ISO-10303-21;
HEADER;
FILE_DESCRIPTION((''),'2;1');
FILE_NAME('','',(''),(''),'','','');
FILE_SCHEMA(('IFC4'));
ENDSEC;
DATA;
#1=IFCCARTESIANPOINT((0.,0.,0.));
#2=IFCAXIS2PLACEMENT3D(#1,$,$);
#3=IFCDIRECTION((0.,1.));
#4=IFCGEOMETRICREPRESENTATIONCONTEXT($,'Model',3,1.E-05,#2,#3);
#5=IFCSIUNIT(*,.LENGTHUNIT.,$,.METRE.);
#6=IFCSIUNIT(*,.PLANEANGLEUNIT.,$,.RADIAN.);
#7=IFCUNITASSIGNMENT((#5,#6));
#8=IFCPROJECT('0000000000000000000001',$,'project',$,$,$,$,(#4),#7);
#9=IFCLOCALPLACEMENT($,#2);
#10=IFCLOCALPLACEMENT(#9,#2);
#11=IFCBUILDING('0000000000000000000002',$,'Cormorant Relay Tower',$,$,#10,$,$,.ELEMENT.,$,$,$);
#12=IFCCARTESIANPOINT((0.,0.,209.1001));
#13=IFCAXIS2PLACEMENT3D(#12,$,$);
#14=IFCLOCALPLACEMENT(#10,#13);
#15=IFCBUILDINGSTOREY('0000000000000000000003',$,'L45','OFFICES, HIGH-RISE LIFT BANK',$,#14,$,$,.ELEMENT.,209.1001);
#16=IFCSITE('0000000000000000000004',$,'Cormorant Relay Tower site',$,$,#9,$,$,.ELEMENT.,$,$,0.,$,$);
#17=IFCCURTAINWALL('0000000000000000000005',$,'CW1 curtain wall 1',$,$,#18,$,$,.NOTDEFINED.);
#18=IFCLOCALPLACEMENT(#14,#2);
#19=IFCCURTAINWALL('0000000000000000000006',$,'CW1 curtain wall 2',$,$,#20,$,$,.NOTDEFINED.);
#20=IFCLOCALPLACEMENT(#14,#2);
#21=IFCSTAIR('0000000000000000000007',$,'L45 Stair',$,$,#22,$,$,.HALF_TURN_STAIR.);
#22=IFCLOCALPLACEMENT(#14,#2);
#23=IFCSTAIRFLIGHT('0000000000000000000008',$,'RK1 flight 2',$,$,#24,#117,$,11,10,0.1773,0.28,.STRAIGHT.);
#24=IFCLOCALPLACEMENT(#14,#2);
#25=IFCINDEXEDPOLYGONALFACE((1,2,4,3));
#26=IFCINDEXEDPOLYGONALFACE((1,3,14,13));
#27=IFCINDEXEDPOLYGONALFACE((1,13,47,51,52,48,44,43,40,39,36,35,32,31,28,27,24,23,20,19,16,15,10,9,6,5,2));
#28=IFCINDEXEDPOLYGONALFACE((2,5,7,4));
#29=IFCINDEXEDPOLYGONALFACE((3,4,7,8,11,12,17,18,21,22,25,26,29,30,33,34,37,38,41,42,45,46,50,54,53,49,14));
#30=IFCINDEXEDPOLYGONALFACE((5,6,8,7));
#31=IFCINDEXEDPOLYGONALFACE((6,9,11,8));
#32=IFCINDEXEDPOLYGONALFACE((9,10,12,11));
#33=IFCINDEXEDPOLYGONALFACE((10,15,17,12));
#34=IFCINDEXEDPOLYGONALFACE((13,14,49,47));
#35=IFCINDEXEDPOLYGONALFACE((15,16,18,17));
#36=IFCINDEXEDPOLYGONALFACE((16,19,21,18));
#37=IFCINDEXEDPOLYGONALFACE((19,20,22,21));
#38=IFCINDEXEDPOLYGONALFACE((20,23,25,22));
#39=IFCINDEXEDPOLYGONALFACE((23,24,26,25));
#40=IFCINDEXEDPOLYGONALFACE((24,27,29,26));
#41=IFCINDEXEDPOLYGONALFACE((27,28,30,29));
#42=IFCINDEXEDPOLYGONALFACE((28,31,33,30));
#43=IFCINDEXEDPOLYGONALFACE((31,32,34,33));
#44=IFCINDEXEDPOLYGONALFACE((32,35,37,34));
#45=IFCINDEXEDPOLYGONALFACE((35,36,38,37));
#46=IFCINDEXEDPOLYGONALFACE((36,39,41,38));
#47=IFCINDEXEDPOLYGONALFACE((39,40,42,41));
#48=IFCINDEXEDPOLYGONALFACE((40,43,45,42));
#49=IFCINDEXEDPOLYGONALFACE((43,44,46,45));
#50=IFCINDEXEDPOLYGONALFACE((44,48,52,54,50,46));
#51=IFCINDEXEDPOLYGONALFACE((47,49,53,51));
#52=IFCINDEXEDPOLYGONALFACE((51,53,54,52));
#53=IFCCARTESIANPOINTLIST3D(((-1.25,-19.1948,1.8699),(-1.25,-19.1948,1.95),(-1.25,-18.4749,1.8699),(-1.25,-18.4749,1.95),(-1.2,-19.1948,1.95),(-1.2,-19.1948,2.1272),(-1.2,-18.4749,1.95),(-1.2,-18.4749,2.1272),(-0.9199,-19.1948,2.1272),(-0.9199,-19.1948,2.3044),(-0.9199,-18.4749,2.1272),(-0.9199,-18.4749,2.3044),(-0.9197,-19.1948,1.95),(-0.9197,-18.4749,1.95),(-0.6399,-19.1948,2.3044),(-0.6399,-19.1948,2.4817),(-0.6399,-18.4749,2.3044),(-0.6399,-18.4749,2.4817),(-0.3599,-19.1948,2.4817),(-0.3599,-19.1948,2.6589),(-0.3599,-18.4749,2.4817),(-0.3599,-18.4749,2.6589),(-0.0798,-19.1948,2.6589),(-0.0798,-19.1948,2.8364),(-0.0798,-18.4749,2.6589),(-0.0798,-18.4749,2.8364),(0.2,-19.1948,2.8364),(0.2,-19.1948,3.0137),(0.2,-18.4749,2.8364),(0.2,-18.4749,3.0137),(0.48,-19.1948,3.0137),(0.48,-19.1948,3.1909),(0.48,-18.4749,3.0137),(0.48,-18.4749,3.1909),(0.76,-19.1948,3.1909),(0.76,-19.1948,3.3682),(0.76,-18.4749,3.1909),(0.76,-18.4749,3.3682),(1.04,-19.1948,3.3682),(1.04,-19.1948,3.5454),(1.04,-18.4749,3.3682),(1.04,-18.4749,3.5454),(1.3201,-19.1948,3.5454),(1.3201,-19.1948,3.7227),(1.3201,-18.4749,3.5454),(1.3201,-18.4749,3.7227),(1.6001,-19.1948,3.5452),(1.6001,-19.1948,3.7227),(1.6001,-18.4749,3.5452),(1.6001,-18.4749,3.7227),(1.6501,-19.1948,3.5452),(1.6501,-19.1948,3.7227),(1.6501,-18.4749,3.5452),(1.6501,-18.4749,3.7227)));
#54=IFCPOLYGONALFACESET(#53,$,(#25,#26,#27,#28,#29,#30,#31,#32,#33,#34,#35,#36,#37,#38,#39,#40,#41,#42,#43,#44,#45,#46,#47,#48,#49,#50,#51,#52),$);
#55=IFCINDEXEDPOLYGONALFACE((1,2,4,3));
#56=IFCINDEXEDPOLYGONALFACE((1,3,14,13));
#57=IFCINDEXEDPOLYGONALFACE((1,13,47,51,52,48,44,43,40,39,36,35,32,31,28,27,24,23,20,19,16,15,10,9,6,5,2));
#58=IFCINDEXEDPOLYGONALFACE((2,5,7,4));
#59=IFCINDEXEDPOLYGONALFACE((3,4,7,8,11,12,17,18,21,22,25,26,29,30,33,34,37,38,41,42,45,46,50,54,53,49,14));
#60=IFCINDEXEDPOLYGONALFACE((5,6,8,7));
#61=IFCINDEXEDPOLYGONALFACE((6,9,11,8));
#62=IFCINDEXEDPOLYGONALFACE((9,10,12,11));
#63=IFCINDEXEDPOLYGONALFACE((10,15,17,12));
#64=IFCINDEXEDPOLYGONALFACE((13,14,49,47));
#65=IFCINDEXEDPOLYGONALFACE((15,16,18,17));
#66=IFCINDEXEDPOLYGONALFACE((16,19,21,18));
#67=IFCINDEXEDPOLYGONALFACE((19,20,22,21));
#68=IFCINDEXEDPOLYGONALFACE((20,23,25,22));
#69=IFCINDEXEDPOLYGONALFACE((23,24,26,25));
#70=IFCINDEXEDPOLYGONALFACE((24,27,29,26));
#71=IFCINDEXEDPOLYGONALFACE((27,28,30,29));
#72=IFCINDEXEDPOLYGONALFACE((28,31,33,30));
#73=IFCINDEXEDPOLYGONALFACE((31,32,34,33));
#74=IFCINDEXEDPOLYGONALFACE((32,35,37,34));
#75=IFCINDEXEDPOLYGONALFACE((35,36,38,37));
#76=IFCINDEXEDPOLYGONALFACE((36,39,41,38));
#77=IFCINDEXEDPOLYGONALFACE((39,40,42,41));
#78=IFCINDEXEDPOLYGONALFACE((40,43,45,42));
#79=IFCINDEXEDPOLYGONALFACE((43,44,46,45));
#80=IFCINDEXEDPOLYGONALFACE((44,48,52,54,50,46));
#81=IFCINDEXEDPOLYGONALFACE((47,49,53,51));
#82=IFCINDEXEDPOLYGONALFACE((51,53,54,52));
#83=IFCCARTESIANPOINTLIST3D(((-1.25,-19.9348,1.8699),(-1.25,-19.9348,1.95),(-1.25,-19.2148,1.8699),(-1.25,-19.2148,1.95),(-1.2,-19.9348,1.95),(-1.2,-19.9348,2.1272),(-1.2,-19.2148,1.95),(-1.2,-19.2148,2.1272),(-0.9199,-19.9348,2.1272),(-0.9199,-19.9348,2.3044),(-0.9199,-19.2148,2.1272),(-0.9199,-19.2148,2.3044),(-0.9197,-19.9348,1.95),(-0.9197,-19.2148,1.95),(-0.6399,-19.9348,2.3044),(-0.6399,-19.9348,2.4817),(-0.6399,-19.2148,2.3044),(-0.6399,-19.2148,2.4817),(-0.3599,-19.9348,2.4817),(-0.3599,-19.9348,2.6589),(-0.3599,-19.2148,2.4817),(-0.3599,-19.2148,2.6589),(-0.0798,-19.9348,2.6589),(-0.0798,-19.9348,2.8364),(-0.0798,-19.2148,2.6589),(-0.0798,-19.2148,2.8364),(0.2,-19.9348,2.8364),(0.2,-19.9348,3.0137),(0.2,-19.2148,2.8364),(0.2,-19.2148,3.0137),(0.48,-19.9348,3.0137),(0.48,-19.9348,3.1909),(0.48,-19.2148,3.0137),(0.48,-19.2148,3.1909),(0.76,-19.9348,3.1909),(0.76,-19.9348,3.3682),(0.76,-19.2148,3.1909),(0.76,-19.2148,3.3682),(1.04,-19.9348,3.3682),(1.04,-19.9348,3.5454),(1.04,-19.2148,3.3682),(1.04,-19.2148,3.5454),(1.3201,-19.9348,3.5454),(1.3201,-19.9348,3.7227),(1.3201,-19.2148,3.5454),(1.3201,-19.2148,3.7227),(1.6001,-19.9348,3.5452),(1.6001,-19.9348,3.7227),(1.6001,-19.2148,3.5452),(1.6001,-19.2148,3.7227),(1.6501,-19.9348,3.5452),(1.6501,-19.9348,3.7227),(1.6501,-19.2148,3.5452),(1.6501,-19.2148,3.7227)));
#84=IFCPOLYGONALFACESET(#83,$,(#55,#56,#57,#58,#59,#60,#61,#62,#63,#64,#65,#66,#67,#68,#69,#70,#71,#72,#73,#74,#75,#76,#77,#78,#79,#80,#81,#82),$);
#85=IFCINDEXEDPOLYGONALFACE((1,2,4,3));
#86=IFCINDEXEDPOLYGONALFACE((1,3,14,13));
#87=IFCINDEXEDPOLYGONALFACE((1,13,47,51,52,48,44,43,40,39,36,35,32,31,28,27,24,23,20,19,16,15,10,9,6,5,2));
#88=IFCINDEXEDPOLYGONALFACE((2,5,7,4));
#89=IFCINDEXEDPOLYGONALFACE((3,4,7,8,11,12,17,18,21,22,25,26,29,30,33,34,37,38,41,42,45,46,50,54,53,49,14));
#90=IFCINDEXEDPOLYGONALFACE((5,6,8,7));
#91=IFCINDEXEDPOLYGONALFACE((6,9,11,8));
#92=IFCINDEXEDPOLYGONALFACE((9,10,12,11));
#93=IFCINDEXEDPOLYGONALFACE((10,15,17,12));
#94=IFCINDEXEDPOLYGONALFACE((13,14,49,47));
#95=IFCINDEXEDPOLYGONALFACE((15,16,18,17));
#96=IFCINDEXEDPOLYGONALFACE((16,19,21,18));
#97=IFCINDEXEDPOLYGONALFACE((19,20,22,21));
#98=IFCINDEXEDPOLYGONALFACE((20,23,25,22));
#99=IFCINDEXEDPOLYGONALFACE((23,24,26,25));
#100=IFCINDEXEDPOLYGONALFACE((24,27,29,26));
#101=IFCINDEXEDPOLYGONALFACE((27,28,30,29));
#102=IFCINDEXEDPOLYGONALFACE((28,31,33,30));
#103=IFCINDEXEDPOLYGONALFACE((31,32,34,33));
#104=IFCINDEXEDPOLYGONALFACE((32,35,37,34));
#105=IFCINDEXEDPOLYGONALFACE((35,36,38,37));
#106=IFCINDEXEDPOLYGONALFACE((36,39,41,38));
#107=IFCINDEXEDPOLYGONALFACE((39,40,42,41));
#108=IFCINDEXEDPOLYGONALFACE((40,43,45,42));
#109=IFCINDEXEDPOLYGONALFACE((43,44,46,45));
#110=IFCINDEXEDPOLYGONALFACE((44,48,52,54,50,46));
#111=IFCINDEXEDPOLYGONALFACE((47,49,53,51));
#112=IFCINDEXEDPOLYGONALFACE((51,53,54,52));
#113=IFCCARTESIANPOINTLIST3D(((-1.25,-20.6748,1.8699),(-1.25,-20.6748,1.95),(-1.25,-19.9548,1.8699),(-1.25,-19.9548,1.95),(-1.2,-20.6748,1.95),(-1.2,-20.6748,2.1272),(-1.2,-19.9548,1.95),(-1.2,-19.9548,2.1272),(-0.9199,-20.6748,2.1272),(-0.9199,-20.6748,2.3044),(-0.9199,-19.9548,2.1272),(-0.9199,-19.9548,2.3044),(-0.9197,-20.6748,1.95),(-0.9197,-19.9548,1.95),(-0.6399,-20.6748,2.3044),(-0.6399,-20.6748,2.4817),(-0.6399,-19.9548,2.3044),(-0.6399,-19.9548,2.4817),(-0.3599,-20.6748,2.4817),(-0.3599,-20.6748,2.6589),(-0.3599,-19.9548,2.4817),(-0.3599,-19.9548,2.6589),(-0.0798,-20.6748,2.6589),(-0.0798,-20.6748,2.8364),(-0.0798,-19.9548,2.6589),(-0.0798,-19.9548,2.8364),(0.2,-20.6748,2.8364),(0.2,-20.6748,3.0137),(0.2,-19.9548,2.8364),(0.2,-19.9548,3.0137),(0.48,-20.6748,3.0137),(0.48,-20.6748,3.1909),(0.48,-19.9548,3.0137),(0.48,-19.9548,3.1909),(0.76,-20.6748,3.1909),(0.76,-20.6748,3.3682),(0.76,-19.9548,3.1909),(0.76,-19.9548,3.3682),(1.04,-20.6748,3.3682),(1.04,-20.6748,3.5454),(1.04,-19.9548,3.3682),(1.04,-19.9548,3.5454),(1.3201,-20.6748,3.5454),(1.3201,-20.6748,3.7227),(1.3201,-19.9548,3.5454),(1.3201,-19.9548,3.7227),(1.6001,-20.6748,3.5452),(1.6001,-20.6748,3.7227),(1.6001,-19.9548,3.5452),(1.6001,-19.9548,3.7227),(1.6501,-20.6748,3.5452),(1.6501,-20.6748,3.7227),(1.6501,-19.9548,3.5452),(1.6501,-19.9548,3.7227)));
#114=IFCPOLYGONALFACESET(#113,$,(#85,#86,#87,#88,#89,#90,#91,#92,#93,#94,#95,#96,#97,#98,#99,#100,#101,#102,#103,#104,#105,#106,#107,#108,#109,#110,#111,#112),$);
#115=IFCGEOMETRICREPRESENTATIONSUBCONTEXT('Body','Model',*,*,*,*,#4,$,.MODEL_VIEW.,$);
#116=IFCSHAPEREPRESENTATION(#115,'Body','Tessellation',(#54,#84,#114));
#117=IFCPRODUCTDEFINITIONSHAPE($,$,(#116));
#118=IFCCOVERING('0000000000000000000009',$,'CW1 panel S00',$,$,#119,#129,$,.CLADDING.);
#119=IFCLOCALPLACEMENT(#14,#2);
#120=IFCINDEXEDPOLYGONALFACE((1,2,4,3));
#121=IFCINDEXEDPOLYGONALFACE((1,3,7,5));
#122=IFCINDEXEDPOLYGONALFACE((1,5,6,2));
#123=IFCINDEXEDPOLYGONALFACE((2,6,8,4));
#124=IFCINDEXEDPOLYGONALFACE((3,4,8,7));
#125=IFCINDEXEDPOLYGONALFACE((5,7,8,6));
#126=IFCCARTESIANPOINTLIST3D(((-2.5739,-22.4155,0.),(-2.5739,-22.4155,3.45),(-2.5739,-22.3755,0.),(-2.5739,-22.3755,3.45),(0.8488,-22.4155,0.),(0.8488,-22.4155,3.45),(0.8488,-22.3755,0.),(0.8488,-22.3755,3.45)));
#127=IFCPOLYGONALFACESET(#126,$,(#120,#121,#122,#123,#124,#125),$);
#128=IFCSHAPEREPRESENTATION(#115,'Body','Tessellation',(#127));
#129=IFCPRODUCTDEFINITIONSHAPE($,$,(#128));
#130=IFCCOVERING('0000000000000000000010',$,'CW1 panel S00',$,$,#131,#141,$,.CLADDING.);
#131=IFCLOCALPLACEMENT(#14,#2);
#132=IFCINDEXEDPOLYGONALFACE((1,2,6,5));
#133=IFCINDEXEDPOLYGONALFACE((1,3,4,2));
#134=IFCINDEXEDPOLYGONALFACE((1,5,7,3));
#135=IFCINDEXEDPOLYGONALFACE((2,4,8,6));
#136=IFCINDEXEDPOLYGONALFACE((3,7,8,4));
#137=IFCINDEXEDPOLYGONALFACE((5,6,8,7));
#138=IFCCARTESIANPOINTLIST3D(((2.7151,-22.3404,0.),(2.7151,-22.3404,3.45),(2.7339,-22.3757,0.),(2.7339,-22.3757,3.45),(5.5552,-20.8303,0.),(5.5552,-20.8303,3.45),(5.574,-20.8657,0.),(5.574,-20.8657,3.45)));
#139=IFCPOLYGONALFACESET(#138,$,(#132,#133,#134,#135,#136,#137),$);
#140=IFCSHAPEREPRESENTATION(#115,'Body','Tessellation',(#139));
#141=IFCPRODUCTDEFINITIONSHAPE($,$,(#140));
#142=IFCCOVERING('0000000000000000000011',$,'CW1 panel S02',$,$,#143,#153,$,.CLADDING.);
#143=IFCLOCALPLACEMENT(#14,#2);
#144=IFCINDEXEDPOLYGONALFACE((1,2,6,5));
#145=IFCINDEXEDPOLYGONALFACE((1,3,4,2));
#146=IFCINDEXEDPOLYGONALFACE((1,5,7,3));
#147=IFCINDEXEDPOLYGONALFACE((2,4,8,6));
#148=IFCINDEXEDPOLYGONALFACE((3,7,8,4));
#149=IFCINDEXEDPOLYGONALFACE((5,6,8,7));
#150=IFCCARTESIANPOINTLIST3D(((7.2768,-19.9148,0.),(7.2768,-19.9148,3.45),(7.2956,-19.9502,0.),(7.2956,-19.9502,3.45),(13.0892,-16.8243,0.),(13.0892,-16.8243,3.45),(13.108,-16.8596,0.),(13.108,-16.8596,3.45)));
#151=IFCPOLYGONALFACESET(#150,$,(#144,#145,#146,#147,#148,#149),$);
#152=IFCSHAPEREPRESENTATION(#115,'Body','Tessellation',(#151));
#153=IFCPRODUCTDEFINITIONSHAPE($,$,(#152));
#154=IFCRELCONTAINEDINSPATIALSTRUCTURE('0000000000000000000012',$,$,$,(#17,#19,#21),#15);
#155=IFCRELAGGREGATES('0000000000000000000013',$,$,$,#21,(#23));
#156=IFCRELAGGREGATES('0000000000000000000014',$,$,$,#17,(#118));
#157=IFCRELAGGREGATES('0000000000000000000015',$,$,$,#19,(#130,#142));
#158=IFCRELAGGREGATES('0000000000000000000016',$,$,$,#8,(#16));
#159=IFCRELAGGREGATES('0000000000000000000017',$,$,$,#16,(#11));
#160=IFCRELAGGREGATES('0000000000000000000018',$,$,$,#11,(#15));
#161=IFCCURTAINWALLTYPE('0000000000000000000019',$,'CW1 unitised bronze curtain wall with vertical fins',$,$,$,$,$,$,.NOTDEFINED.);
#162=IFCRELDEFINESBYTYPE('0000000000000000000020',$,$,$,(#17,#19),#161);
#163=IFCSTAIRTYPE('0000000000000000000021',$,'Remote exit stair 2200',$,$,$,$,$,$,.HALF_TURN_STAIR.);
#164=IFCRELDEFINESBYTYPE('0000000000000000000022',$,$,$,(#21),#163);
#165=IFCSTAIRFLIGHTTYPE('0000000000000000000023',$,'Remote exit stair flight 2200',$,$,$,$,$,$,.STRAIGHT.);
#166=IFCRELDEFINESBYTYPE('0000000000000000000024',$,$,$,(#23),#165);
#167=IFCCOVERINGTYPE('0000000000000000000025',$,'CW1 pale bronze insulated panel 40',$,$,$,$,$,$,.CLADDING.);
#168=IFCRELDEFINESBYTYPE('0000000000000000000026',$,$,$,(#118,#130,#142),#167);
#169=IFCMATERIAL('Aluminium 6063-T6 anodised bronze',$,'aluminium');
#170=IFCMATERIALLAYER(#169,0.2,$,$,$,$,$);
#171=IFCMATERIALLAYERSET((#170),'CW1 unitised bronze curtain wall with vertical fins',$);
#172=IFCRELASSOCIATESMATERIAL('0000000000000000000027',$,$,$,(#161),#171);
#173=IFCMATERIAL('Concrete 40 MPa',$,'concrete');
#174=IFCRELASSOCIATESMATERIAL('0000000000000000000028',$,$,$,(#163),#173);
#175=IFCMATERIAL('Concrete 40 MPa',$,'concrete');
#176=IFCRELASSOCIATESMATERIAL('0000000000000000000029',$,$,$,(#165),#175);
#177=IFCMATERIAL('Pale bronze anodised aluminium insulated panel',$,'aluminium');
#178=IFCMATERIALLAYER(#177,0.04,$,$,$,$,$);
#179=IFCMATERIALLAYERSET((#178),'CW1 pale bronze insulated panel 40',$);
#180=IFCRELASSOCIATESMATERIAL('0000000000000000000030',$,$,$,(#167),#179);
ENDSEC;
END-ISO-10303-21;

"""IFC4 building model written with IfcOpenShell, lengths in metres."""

from ifc_helpers import new_model, si_unit, direction, frame, origin, origin_2d, place, context, subcontext, project, spatial, polyline, rectangle, outline, extrude, material, layer, layer_set, type_object, element, aggregate, save


model = new_model("IFC4")

# Units and contexts
model_context = context("Model", 3, precision=1e-05, world=origin(), true_north=direction((0.0, 1.0)))
body_context = subcontext(model_context, "Body", "Model", "MODEL_VIEW")
ifc_project = project(units=[si_unit("LENGTHUNIT", "METRE"), si_unit("PLANEANGLEUNIT", "RADIAN")], contexts=[model_context])

# Site, building, storey
site_placement = place(None, origin())
site = spatial("IfcSite", under=ifc_project, at=site_placement, Name="Cormorant Relay Tower site", CompositionType="ELEMENT", RefElevation=0.0)
building_placement = place(site_placement, origin())
building = spatial("IfcBuilding", under=site, at=building_placement, Name="Cormorant Relay Tower", CompositionType="ELEMENT")
storey_placement = place(building_placement, frame((0.0, 0.0, 209.1001)))
storey = spatial("IfcBuildingStorey", under=building, at=storey_placement, Name="L45", Description="OFFICES, HIGH-RISE LIFT BANK", CompositionType="ELEMENT", Elevation=209.1001)

# Curtain wall
ifc_material_1 = material(Name="Aluminium 6063-T6 anodised bronze", Category="aluminium")
ifc_layer_1 = layer(ifc_material_1, 0.2)
ifc_layer_set_1 = layer_set([ifc_layer_1], Name="CW1 unitised bronze curtain wall with vertical fins")
curtain_wall_type = type_object("IfcCurtainWallType", Name="CW1 unitised bronze curtain wall with vertical fins", PredefinedType="NOTDEFINED", material=ifc_layer_set_1)
curtain_wall_1_placement = place(storey_placement, origin())
curtain_wall_1 = element("IfcCurtainWall", 1, at=curtain_wall_1_placement, inside=storey, type_object=curtain_wall_type, Name="CW1 curtain wall 1", PredefinedType="NOTDEFINED")

# Curtain wall
curtain_wall_2_placement = place(storey_placement, origin())
curtain_wall_2 = element("IfcCurtainWall", 2, at=curtain_wall_2_placement, inside=storey, type_object=curtain_wall_type, Name="CW1 curtain wall 2", PredefinedType="NOTDEFINED")

# Stair, stair flight
ifc_material_2 = material(Name="Concrete 40 MPa", Category="concrete")
stair_type = type_object("IfcStairType", Name="Remote exit stair 2200", PredefinedType="HALF_TURN_STAIR", material=ifc_material_2)
stair_placement = place(storey_placement, origin())
stair = element("IfcStair", 3, at=stair_placement, inside=storey, type_object=stair_type, Name="L45 Stair", PredefinedType="HALF_TURN_STAIR")
ifc_material_3 = material(Name="Concrete 40 MPa", Category="concrete")
stair_flight_type = type_object("IfcStairFlightType", Name="Remote exit stair flight 2200", PredefinedType="STRAIGHT", material=ifc_material_3)
stair_flight_1_placement = place(storey_placement, frame((-1.2, -19.575, 1.95), z_axis=(0.0, 0.0, 1.0), x_axis=(1.0, 0.0, 0.0)))
stair_flight_1 = element("IfcStairFlight", 4, at=stair_flight_1_placement, type_object=stair_flight_type, Name="RK1 flight 2", NumberOfRisers=11, NumberOfTreads=10, PredefinedType="STRAIGHT", RiserHeight=0.1773, TreadLength=0.28, context=body_context, shape_type="SweptSolid", body=[
    extrude(outline(polyline([(-0.05, -0.0801), (-0.05, 0.0), (0.0, 0.0), (0.0, 0.1772), (0.28, 0.1772), (0.28, 0.3545), (0.5601, 0.3545), (0.5601, 0.5317), (0.8401, 0.5317), (0.8401, 0.709), (1.1201, 0.709), (1.1201, 0.8865), (1.3999, 0.8865), (1.3999, 1.0637), (1.6799, 1.0637), (1.6799, 1.241), (1.96, 1.241), (1.96, 1.4182), (2.24, 1.4182), (2.24, 1.5955), (2.52, 1.5955), (2.52, 1.7727), (2.8, 1.7727), (2.8501, 1.7727), (2.8501, 1.5952), (2.8, 1.5952), (0.2803, 0.0), (-0.05, -0.0801)])), frame((0.0, 1.1001, 0.0), z_axis=(0.0, -1.0, 0.0), x_axis=(1.0, 0.0, 0.0)), (0.0, 0.0, 1.0), 0.72),
    extrude(outline(polyline([(-0.05, -0.0801), (-0.05, 0.0), (0.0, 0.0), (0.0, 0.1772), (0.28, 0.1772), (0.28, 0.3545), (0.5601, 0.3545), (0.5601, 0.5317), (0.8401, 0.5317), (0.8401, 0.709), (1.1201, 0.709), (1.1201, 0.8865), (1.3999, 0.8865), (1.3999, 1.0637), (1.6799, 1.0637), (1.6799, 1.241), (1.96, 1.241), (1.96, 1.4182), (2.24, 1.4182), (2.24, 1.5955), (2.52, 1.5955), (2.52, 1.7727), (2.8, 1.7727), (2.8501, 1.7727), (2.8501, 1.5952), (2.8, 1.5952), (0.2803, 0.0), (-0.05, -0.0801)])), frame((0.0, 0.3601, 0.0), z_axis=(0.0, -1.0, 0.0), x_axis=(1.0, 0.0, 0.0)), (0.0, 0.0, 1.0), 0.72),
    extrude(outline(polyline([(-0.05, -0.0801), (-0.05, 0.0), (0.0, 0.0), (0.0, 0.1772), (0.28, 0.1772), (0.28, 0.3545), (0.5601, 0.3545), (0.5601, 0.5317), (0.8401, 0.5317), (0.8401, 0.709), (1.1201, 0.709), (1.1201, 0.8865), (1.3999, 0.8865), (1.3999, 1.0637), (1.6799, 1.0637), (1.6799, 1.241), (1.96, 1.241), (1.96, 1.4182), (2.24, 1.4182), (2.24, 1.5955), (2.52, 1.5955), (2.52, 1.7727), (2.8, 1.7727), (2.8501, 1.7727), (2.8501, 1.5952), (2.8, 1.5952), (0.2803, 0.0), (-0.05, -0.0801)])), frame((0.0, -0.3799, 0.0), z_axis=(0.0, -1.0, 0.0), x_axis=(1.0, 0.0, 0.0)), (0.0, 0.0, 1.0), 0.72),
])
aggregate(stair, [stair_flight_1])

# Coverings
ifc_material_4 = material(Name="Pale bronze anodised aluminium insulated panel", Category="aluminium")
ifc_layer_2 = layer(ifc_material_4, 0.04)
ifc_layer_set_2 = layer_set([ifc_layer_2], Name="CW1 pale bronze insulated panel 40")
covering_type = type_object("IfcCoveringType", Name="CW1 pale bronze insulated panel 40", PredefinedType="CLADDING", material=ifc_layer_set_2)
covering_1_placement = place(storey_placement, frame((-0.8625, -22.3955, 0.0), z_axis=(0.0, 0.0, 1.0), x_axis=(1.0, 0.0, 0.0)))
covering_1 = element("IfcCovering", 5, at=covering_1_placement, type_object=covering_type, Name="CW1 panel S00", PredefinedType="CLADDING", context=body_context, shape_type="SweptSolid", body=[
    extrude(rectangle(XDim=3.4226, YDim=0.04, at=origin_2d()), origin(), (0.0, 0.0, 1.0), 3.45),
])
aggregate(curtain_wall_1, [covering_1])
covering_2_placement = place(storey_placement, frame((4.1445, -21.603, 0.0), z_axis=(0.0, 0.0, 1.0), x_axis=(0.882948, 0.469472, 0.0)))
covering_2 = element("IfcCovering", 6, at=covering_2_placement, type_object=covering_type, Name="CW1 panel S00", PredefinedType="CLADDING", context=body_context, shape_type="SweptSolid", body=[
    extrude(rectangle(XDim=3.2166, YDim=0.04, at=origin_2d()), origin(), (0.0, 0.0, 1.0), 3.45),
])
covering_3_placement = place(storey_placement, frame((10.1924, -18.3872, 0.0), z_axis=(0.0, 0.0, 1.0), x_axis=(0.882948, 0.469472, 0.0)))
covering_3 = element("IfcCovering", 7, at=covering_3_placement, type_object=covering_type, Name="CW1 panel S02", PredefinedType="CLADDING", context=body_context, shape_type="SweptSolid", body=[
    extrude(rectangle(XDim=6.583, YDim=0.04, at=origin_2d()), origin(), (0.0, 0.0, 1.0), 3.45),
])
aggregate(curtain_wall_2, [covering_2, covering_3])

save(model, "model.ifc")
